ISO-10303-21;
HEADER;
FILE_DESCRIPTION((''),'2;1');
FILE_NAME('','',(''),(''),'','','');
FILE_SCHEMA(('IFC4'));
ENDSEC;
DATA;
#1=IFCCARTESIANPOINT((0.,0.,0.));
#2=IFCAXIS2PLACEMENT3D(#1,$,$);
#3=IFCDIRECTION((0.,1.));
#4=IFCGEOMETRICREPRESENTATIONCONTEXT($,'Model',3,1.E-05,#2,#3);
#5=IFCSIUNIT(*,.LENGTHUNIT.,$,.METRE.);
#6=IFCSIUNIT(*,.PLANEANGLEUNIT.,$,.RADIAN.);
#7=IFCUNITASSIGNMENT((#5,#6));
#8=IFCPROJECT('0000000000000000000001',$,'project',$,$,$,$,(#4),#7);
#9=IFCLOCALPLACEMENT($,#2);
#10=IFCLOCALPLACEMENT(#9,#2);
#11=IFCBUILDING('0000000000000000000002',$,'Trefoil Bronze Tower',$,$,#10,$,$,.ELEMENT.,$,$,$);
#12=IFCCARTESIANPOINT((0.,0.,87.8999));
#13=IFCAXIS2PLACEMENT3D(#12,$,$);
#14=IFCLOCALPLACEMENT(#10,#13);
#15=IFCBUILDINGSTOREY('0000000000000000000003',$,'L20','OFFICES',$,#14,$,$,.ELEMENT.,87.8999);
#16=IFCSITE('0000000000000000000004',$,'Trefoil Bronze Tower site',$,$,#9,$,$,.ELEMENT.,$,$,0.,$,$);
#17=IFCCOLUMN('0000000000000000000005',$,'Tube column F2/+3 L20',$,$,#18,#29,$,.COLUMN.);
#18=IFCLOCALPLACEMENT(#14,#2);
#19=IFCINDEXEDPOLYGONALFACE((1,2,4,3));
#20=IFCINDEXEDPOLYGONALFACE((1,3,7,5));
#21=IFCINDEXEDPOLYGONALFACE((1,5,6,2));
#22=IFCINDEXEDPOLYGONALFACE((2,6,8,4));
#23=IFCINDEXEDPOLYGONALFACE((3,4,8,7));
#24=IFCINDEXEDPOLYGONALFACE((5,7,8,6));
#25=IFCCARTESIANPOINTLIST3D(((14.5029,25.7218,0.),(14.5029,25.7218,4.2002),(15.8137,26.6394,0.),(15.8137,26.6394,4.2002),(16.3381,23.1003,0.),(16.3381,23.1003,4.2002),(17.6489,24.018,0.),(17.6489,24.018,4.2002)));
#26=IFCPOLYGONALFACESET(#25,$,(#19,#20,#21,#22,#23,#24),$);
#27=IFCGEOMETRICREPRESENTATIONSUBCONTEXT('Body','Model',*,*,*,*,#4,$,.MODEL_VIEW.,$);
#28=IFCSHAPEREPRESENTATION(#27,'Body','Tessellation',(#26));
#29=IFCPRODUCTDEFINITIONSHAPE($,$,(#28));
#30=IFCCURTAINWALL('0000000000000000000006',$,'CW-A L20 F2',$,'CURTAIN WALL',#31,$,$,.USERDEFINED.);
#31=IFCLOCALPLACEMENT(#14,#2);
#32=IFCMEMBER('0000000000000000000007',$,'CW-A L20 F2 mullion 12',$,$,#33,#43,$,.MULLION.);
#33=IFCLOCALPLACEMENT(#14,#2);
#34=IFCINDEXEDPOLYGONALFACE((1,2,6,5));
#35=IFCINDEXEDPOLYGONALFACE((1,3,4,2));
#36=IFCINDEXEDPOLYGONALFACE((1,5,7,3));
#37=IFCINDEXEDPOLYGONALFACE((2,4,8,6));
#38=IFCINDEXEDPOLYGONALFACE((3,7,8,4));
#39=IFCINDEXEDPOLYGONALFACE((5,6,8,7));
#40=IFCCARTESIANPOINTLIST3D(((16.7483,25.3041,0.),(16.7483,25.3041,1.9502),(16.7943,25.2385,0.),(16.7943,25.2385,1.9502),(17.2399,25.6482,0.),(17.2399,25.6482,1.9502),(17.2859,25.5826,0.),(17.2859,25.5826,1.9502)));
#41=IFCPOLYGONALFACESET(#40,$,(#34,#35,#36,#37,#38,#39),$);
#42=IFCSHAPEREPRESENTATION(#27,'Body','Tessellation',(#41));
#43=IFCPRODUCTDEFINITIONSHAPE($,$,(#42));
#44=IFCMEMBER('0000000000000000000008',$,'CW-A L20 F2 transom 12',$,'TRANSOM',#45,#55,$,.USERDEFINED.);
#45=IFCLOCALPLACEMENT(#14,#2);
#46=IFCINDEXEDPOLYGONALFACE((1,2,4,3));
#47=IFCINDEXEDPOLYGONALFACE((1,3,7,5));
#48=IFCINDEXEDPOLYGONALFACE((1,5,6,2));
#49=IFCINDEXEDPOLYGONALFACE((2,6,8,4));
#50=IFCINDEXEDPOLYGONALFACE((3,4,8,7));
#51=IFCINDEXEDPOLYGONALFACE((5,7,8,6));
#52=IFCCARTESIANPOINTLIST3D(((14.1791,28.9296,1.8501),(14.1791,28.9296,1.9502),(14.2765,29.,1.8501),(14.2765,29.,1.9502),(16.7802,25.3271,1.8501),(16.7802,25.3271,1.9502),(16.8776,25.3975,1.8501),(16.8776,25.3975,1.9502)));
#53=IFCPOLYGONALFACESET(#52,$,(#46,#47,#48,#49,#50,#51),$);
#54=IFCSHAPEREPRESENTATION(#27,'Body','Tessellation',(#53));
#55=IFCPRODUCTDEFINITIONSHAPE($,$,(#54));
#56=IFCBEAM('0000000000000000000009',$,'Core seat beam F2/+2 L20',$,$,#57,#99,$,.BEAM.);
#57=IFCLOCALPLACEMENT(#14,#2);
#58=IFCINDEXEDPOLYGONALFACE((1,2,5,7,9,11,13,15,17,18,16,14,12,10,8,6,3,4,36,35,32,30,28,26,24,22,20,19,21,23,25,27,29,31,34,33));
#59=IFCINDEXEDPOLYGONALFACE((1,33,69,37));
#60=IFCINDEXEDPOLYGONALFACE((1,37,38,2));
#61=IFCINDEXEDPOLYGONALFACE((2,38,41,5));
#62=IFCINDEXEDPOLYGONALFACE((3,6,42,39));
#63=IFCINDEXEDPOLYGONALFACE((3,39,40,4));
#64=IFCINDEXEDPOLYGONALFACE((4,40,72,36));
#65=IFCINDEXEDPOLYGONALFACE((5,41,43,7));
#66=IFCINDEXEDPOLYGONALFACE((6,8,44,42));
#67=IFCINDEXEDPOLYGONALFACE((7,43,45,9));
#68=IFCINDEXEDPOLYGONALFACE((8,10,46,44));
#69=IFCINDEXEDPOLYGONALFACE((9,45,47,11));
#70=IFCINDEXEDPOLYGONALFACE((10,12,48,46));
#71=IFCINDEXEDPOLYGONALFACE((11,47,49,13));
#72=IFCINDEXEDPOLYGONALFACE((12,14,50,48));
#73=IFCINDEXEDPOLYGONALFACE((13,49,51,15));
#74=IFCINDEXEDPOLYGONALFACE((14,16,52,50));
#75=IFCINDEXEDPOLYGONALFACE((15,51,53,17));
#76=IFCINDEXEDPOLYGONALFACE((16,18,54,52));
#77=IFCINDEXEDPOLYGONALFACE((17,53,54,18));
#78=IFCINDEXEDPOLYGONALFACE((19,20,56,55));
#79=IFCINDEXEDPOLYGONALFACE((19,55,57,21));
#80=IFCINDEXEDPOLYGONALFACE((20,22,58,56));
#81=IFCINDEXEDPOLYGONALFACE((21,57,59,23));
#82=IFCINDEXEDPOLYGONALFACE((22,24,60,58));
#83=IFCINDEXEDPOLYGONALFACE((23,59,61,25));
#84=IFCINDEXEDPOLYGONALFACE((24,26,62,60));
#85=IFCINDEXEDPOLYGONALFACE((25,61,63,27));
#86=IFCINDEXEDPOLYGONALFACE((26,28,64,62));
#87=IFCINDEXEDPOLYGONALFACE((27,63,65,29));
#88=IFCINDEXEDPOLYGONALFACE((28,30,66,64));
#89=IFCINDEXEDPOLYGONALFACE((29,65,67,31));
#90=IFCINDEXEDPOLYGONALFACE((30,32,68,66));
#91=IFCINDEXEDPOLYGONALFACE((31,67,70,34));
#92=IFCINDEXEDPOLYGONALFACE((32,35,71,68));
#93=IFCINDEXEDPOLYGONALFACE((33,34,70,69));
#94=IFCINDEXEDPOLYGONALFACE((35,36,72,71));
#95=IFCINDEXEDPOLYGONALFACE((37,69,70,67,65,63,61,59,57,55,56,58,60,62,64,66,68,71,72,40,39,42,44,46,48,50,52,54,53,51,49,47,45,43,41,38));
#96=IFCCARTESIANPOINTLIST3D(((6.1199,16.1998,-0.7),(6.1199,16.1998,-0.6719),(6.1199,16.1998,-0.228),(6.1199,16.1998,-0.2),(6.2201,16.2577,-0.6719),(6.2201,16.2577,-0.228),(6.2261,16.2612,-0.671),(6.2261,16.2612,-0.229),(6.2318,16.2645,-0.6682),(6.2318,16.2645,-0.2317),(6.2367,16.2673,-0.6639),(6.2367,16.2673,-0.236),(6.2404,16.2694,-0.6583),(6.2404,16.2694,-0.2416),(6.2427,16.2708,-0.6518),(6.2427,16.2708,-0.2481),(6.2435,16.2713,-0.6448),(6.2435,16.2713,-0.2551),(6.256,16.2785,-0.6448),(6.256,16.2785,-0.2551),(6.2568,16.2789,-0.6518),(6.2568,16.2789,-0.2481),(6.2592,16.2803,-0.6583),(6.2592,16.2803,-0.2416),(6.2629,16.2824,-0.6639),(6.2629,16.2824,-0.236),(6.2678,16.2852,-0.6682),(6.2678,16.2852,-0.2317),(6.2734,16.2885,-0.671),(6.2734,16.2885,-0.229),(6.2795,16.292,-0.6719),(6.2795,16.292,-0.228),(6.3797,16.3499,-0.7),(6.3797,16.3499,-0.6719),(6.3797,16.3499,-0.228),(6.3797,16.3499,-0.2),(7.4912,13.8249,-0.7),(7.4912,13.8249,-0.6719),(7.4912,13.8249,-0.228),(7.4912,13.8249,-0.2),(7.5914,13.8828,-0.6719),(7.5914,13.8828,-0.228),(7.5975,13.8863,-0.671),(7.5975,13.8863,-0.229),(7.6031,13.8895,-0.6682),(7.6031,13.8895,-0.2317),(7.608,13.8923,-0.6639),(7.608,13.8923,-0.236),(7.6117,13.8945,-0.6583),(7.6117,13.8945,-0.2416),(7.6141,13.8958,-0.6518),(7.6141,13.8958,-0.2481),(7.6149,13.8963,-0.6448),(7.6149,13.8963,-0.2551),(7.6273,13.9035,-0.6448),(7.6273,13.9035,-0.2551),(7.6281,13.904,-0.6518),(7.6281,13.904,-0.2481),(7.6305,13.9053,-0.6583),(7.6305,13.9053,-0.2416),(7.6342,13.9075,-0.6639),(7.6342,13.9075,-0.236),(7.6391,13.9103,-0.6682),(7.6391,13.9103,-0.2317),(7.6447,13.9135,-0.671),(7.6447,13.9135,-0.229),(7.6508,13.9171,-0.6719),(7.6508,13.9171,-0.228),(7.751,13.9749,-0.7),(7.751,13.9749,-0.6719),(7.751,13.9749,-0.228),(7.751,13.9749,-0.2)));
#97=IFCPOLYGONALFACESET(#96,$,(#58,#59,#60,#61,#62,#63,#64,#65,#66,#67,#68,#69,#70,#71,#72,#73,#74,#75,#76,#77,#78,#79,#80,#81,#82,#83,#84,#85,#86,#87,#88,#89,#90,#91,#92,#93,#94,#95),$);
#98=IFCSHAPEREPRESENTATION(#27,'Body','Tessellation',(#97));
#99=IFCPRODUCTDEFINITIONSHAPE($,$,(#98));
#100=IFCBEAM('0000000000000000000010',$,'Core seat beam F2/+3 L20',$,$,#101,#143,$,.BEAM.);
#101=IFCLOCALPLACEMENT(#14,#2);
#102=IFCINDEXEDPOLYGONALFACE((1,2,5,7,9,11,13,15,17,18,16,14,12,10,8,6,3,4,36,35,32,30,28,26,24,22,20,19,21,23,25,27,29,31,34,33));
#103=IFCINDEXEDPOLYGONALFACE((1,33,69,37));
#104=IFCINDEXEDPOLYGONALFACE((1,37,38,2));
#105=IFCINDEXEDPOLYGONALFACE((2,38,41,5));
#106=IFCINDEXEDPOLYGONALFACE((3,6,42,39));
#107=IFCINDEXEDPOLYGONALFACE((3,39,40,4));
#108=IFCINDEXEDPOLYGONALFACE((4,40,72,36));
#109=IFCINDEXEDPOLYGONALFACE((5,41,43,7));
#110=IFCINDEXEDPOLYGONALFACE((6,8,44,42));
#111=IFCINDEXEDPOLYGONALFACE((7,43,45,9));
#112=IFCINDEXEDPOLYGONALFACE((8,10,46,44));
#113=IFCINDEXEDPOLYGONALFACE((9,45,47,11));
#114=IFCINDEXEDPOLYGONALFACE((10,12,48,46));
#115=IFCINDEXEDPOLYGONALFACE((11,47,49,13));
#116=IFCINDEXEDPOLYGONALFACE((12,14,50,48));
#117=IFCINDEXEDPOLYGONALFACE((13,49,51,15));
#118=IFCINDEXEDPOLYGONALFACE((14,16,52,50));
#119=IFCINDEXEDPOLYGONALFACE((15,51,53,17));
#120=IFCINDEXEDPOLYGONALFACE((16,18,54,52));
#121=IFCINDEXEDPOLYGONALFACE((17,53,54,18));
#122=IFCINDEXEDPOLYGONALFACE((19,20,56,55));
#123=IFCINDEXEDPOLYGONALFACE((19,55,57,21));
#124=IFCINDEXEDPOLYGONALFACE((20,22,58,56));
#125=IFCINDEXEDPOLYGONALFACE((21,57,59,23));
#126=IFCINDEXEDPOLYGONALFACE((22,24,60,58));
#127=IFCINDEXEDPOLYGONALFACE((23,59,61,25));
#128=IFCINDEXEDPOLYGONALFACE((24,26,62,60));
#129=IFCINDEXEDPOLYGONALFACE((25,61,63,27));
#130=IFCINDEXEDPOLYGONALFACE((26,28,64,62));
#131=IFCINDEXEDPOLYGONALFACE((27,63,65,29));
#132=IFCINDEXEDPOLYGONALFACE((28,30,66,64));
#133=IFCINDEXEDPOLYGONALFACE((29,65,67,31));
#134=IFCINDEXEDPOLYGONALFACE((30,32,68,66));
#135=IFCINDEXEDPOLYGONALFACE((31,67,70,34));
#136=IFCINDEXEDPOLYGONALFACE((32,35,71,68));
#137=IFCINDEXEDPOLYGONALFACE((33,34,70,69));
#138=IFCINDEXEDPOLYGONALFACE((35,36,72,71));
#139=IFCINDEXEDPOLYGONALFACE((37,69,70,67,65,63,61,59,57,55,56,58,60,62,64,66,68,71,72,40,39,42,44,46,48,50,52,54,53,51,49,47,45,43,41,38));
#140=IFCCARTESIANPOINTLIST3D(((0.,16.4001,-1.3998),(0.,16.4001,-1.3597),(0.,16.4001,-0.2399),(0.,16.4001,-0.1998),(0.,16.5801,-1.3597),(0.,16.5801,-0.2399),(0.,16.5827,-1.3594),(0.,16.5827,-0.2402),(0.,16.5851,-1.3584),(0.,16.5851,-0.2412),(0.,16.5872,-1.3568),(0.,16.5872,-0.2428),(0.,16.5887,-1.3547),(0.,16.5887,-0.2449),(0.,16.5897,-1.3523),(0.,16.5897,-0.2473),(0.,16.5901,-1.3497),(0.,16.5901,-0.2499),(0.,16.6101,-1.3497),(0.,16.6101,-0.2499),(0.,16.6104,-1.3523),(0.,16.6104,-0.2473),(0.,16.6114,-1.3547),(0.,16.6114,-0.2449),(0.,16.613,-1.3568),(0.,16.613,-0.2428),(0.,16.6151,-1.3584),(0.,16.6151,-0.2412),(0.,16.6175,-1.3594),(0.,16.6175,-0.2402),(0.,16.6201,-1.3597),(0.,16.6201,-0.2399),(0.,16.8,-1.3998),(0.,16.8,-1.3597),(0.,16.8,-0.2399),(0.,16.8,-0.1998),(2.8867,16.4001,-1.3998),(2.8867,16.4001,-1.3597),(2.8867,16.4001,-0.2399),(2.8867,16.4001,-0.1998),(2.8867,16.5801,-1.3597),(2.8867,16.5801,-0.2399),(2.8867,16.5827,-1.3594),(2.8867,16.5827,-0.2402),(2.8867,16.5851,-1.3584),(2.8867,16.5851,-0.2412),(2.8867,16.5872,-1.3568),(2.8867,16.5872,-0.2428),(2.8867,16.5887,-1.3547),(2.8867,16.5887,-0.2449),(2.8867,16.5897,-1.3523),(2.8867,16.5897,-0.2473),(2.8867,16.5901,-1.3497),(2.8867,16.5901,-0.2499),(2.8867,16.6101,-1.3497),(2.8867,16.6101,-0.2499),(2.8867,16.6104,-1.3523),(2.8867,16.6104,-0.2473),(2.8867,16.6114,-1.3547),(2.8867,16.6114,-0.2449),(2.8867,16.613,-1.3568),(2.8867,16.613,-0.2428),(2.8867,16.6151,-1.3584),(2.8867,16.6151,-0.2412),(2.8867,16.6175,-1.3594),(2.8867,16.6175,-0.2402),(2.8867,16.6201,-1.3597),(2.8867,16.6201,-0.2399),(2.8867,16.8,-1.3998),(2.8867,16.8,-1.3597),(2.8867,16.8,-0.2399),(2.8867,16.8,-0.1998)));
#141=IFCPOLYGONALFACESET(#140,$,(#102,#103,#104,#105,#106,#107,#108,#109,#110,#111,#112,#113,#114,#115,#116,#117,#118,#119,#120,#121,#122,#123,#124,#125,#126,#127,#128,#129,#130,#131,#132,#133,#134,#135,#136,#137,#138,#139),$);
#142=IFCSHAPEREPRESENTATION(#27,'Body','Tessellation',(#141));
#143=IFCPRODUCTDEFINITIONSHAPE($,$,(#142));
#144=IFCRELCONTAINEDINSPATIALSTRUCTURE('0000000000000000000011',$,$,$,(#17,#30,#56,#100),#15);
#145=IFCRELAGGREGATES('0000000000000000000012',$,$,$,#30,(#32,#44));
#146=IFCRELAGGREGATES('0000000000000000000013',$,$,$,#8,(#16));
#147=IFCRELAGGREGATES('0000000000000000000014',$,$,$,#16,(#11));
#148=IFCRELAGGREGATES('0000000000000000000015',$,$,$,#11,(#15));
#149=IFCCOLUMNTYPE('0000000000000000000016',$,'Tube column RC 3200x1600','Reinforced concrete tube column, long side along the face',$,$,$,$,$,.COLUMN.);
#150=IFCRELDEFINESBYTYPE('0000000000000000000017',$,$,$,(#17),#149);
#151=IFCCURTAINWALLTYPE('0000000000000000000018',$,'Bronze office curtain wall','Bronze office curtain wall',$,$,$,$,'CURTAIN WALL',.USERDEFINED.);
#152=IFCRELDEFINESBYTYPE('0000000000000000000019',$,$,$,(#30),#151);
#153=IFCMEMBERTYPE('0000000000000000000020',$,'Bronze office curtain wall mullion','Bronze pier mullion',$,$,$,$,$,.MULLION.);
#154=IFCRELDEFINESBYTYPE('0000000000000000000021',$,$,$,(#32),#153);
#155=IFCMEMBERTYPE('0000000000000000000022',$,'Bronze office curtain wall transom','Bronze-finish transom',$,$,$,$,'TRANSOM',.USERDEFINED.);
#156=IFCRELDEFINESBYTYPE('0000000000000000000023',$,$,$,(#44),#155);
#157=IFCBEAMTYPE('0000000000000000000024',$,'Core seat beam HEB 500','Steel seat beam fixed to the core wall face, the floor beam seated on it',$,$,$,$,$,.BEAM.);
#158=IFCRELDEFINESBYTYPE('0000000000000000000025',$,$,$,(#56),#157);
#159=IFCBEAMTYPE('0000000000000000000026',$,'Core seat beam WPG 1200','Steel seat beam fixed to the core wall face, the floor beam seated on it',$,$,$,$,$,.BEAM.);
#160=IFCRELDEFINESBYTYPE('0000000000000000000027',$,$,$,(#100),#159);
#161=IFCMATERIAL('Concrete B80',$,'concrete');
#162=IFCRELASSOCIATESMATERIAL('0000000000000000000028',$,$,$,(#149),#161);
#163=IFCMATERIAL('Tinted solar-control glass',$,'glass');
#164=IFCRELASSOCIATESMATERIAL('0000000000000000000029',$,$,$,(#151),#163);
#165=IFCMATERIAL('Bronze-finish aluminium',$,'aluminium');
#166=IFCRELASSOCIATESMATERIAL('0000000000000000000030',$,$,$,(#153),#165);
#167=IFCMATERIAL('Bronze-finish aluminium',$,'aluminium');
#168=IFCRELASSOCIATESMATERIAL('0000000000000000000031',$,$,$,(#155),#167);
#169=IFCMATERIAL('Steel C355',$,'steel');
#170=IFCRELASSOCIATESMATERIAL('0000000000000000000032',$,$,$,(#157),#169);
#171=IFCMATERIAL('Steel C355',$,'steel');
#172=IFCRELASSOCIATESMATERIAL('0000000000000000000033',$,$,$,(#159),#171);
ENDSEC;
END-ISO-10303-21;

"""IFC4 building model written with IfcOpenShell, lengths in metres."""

from ifc_helpers import new_model, si_unit, direction, frame, origin, origin_2d, place, context, subcontext, project, spatial, rectangle, i_section, extrude, material, material_profile, profile_set, type_object, element, aggregate, save


model = new_model("IFC4")

# Units and contexts
model_context = context("Model", 3, precision=1e-05, world=origin(), true_north=direction((0.0, 1.0)))
body_context = subcontext(model_context, "Body", "Model", "MODEL_VIEW")
ifc_project = project(units=[si_unit("LENGTHUNIT", "METRE"), si_unit("PLANEANGLEUNIT", "RADIAN")], contexts=[model_context])

# Site, building, storey
site_placement = place(None, origin())
site = spatial("IfcSite", under=ifc_project, at=site_placement, Name="Trefoil Bronze Tower site", CompositionType="ELEMENT", RefElevation=0.0)
building_placement = place(site_placement, origin())
building = spatial("IfcBuilding", under=site, at=building_placement, Name="Trefoil Bronze Tower", CompositionType="ELEMENT")
storey_placement = place(building_placement, frame((0.0, 0.0, 87.8999)))
storey = spatial("IfcBuildingStorey", under=building, at=storey_placement, Name="L20", Description="OFFICES", CompositionType="ELEMENT", Elevation=87.8999)

# Column
ifc_material_1 = material(Name="Concrete B80", Category="concrete")
ifc_material_profile_1 = material_profile(ifc_material_1, rectangle(XDim=3.2, YDim=1.6001, at=origin_2d()), Name="RC 3200x1600")
ifc_profile_set_1 = profile_set([ifc_material_profile_1], Name="Concrete B80")
column_type = type_object("IfcColumnType", Name="Tube column RC 3200x1600", Description="Reinforced concrete tube column, long side along the face", PredefinedType="COLUMN", material=ifc_profile_set_1)
column_placement = place(storey_placement, frame((16.0759, 24.8699, 0.0), z_axis=(0.0, 0.0, 1.0), x_axis=(-0.573502, 0.819204, 0.0)))
element("IfcColumn", 1, at=column_placement, inside=storey, type_object=column_type, Name="Tube column F2/+3 L20", PredefinedType="COLUMN", context=body_context, shape_type="SweptSolid", body=[
    extrude(rectangle(XDim=3.2, YDim=1.6001, at=origin_2d()), origin(), (0.0, 0.0, 1.0), 4.2002),
])

# Curtain wall, members
ifc_material_2 = material(Name="Tinted solar-control glass", Category="glass")
curtain_wall_type = type_object("IfcCurtainWallType", Name="Bronze office curtain wall", Description="Bronze office curtain wall", ElementType="CURTAIN WALL", PredefinedType="USERDEFINED", material=ifc_material_2)
curtain_wall_placement = place(storey_placement, origin())
curtain_wall = element("IfcCurtainWall", 2, at=curtain_wall_placement, inside=storey, type_object=curtain_wall_type, Name="CW-A L20 F2", ObjectType="CURTAIN WALL", PredefinedType="USERDEFINED")
ifc_material_3 = material(Name="Bronze-finish aluminium", Category="aluminium")
ifc_material_profile_2 = material_profile(ifc_material_3, rectangle(XDim=0.6001, YDim=0.0801, at=origin_2d()), Name="CW-A mullion")
ifc_profile_set_2 = profile_set([ifc_material_profile_2], Name="Bronze-finish aluminium")
member_type_1 = type_object("IfcMemberType", Name="Bronze office curtain wall mullion", Description="Bronze pier mullion", PredefinedType="MULLION", material=ifc_profile_set_2)
member_1_placement = place(storey_placement, frame((17.0171, 25.4434, 0.0), z_axis=(0.0, 0.0, 1.0), x_axis=(-0.819204, -0.573502, 0.0)))
member_1 = element("IfcMember", 3, at=member_1_placement, type_object=member_type_1, Name="CW-A L20 F2 mullion 12", PredefinedType="MULLION", context=body_context, shape_type="SweptSolid", body=[
    extrude(rectangle(XDim=0.6001, YDim=0.0801, at=origin_2d()), origin(), (0.0, 0.0, 1.0), 1.9502),
])
ifc_material_4 = material(Name="Bronze-finish aluminium", Category="aluminium")
ifc_material_profile_3 = material_profile(ifc_material_4, rectangle(XDim=0.1201, YDim=0.1001, at=origin_2d()), Name="CW-A transom")
ifc_profile_set_3 = profile_set([ifc_material_profile_3], Name="Bronze-finish aluminium")
member_type_2 = type_object("IfcMemberType", Name="Bronze office curtain wall transom", Description="Bronze-finish transom", ElementType="TRANSOM", PredefinedType="USERDEFINED", material=ifc_profile_set_3)
member_2_placement = place(storey_placement, frame((16.8289, 25.3623, 1.9001), z_axis=(-0.585378, 0.81076, 0.0), x_axis=(-0.81076, -0.585378, 0.0)))
member_2 = element("IfcMember", 4, at=member_2_placement, type_object=member_type_2, Name="CW-A L20 F2 transom 12", ObjectType="TRANSOM", PredefinedType="USERDEFINED", context=body_context, shape_type="SweptSolid", body=[
    extrude(rectangle(XDim=0.1201, YDim=0.1001, at=origin_2d()), origin(), (0.0, 0.0, 1.0), 4.4434),
])

# Beams
ifc_material_5 = material(Name="Steel C355", Category="steel")
ifc_material_profile_4 = material_profile(ifc_material_5, i_section(OverallWidth=0.3, OverallDepth=0.5, WebThickness=0.0144, FlangeThickness=0.0281, FilletRadius=0.0271, at=origin_2d()), Name="HEB 500")
ifc_profile_set_4 = profile_set([ifc_material_profile_4], Name="Steel C355")
beam_type_1 = type_object("IfcBeamType", Name="Core seat beam HEB 500", Description="Steel seat beam fixed to the core wall face, the floor beam seated on it", PredefinedType="BEAM", material=ifc_profile_set_4)
beam_1_placement = place(storey_placement, frame((7.6211, 13.8999, -0.45), z_axis=(-0.500036, 0.866005, 0.0), x_axis=(-0.866005, -0.500036, 0.0)))
element("IfcBeam", 5, at=beam_1_placement, inside=storey, type_object=beam_type_1, Name="Core seat beam F2/+2 L20", PredefinedType="BEAM", context=body_context, shape_type="SweptSolid", body=[
    extrude(i_section(OverallWidth=0.3, OverallDepth=0.5, WebThickness=0.0144, FlangeThickness=0.0281, FilletRadius=0.0271, at=origin_2d()), origin(), (0.0, 0.0, 1.0), 2.7424),
])
ifc_material_6 = material(Name="Steel C355", Category="steel")
ifc_material_profile_5 = material_profile(ifc_material_6, i_section(OverallWidth=0.3999, OverallDepth=1.2, WebThickness=0.02, FlangeThickness=0.04, FilletRadius=0.01, at=origin_2d()), Name="WPG 1200")
ifc_profile_set_5 = profile_set([ifc_material_profile_5], Name="Steel C355")
beam_type_2 = type_object("IfcBeamType", Name="Core seat beam WPG 1200", Description="Steel seat beam fixed to the core wall face, the floor beam seated on it", PredefinedType="BEAM", material=ifc_profile_set_5)
beam_2_placement = place(storey_placement, frame((2.8867, 16.6001, -0.7998), z_axis=(-1.0, 0.0, 0.0), x_axis=(0.0, -1.0, 0.0)))
element("IfcBeam", 6, at=beam_2_placement, inside=storey, type_object=beam_type_2, Name="Core seat beam F2/+3 L20", PredefinedType="BEAM", context=body_context, shape_type="SweptSolid", body=[
    extrude(i_section(OverallWidth=0.3999, OverallDepth=1.2, WebThickness=0.02, FlangeThickness=0.04, FilletRadius=0.01, at=origin_2d()), origin(), (0.0, 0.0, 1.0), 2.8867),
])

aggregate(curtain_wall, [member_1, member_2])

save(model, "model.ifc")
